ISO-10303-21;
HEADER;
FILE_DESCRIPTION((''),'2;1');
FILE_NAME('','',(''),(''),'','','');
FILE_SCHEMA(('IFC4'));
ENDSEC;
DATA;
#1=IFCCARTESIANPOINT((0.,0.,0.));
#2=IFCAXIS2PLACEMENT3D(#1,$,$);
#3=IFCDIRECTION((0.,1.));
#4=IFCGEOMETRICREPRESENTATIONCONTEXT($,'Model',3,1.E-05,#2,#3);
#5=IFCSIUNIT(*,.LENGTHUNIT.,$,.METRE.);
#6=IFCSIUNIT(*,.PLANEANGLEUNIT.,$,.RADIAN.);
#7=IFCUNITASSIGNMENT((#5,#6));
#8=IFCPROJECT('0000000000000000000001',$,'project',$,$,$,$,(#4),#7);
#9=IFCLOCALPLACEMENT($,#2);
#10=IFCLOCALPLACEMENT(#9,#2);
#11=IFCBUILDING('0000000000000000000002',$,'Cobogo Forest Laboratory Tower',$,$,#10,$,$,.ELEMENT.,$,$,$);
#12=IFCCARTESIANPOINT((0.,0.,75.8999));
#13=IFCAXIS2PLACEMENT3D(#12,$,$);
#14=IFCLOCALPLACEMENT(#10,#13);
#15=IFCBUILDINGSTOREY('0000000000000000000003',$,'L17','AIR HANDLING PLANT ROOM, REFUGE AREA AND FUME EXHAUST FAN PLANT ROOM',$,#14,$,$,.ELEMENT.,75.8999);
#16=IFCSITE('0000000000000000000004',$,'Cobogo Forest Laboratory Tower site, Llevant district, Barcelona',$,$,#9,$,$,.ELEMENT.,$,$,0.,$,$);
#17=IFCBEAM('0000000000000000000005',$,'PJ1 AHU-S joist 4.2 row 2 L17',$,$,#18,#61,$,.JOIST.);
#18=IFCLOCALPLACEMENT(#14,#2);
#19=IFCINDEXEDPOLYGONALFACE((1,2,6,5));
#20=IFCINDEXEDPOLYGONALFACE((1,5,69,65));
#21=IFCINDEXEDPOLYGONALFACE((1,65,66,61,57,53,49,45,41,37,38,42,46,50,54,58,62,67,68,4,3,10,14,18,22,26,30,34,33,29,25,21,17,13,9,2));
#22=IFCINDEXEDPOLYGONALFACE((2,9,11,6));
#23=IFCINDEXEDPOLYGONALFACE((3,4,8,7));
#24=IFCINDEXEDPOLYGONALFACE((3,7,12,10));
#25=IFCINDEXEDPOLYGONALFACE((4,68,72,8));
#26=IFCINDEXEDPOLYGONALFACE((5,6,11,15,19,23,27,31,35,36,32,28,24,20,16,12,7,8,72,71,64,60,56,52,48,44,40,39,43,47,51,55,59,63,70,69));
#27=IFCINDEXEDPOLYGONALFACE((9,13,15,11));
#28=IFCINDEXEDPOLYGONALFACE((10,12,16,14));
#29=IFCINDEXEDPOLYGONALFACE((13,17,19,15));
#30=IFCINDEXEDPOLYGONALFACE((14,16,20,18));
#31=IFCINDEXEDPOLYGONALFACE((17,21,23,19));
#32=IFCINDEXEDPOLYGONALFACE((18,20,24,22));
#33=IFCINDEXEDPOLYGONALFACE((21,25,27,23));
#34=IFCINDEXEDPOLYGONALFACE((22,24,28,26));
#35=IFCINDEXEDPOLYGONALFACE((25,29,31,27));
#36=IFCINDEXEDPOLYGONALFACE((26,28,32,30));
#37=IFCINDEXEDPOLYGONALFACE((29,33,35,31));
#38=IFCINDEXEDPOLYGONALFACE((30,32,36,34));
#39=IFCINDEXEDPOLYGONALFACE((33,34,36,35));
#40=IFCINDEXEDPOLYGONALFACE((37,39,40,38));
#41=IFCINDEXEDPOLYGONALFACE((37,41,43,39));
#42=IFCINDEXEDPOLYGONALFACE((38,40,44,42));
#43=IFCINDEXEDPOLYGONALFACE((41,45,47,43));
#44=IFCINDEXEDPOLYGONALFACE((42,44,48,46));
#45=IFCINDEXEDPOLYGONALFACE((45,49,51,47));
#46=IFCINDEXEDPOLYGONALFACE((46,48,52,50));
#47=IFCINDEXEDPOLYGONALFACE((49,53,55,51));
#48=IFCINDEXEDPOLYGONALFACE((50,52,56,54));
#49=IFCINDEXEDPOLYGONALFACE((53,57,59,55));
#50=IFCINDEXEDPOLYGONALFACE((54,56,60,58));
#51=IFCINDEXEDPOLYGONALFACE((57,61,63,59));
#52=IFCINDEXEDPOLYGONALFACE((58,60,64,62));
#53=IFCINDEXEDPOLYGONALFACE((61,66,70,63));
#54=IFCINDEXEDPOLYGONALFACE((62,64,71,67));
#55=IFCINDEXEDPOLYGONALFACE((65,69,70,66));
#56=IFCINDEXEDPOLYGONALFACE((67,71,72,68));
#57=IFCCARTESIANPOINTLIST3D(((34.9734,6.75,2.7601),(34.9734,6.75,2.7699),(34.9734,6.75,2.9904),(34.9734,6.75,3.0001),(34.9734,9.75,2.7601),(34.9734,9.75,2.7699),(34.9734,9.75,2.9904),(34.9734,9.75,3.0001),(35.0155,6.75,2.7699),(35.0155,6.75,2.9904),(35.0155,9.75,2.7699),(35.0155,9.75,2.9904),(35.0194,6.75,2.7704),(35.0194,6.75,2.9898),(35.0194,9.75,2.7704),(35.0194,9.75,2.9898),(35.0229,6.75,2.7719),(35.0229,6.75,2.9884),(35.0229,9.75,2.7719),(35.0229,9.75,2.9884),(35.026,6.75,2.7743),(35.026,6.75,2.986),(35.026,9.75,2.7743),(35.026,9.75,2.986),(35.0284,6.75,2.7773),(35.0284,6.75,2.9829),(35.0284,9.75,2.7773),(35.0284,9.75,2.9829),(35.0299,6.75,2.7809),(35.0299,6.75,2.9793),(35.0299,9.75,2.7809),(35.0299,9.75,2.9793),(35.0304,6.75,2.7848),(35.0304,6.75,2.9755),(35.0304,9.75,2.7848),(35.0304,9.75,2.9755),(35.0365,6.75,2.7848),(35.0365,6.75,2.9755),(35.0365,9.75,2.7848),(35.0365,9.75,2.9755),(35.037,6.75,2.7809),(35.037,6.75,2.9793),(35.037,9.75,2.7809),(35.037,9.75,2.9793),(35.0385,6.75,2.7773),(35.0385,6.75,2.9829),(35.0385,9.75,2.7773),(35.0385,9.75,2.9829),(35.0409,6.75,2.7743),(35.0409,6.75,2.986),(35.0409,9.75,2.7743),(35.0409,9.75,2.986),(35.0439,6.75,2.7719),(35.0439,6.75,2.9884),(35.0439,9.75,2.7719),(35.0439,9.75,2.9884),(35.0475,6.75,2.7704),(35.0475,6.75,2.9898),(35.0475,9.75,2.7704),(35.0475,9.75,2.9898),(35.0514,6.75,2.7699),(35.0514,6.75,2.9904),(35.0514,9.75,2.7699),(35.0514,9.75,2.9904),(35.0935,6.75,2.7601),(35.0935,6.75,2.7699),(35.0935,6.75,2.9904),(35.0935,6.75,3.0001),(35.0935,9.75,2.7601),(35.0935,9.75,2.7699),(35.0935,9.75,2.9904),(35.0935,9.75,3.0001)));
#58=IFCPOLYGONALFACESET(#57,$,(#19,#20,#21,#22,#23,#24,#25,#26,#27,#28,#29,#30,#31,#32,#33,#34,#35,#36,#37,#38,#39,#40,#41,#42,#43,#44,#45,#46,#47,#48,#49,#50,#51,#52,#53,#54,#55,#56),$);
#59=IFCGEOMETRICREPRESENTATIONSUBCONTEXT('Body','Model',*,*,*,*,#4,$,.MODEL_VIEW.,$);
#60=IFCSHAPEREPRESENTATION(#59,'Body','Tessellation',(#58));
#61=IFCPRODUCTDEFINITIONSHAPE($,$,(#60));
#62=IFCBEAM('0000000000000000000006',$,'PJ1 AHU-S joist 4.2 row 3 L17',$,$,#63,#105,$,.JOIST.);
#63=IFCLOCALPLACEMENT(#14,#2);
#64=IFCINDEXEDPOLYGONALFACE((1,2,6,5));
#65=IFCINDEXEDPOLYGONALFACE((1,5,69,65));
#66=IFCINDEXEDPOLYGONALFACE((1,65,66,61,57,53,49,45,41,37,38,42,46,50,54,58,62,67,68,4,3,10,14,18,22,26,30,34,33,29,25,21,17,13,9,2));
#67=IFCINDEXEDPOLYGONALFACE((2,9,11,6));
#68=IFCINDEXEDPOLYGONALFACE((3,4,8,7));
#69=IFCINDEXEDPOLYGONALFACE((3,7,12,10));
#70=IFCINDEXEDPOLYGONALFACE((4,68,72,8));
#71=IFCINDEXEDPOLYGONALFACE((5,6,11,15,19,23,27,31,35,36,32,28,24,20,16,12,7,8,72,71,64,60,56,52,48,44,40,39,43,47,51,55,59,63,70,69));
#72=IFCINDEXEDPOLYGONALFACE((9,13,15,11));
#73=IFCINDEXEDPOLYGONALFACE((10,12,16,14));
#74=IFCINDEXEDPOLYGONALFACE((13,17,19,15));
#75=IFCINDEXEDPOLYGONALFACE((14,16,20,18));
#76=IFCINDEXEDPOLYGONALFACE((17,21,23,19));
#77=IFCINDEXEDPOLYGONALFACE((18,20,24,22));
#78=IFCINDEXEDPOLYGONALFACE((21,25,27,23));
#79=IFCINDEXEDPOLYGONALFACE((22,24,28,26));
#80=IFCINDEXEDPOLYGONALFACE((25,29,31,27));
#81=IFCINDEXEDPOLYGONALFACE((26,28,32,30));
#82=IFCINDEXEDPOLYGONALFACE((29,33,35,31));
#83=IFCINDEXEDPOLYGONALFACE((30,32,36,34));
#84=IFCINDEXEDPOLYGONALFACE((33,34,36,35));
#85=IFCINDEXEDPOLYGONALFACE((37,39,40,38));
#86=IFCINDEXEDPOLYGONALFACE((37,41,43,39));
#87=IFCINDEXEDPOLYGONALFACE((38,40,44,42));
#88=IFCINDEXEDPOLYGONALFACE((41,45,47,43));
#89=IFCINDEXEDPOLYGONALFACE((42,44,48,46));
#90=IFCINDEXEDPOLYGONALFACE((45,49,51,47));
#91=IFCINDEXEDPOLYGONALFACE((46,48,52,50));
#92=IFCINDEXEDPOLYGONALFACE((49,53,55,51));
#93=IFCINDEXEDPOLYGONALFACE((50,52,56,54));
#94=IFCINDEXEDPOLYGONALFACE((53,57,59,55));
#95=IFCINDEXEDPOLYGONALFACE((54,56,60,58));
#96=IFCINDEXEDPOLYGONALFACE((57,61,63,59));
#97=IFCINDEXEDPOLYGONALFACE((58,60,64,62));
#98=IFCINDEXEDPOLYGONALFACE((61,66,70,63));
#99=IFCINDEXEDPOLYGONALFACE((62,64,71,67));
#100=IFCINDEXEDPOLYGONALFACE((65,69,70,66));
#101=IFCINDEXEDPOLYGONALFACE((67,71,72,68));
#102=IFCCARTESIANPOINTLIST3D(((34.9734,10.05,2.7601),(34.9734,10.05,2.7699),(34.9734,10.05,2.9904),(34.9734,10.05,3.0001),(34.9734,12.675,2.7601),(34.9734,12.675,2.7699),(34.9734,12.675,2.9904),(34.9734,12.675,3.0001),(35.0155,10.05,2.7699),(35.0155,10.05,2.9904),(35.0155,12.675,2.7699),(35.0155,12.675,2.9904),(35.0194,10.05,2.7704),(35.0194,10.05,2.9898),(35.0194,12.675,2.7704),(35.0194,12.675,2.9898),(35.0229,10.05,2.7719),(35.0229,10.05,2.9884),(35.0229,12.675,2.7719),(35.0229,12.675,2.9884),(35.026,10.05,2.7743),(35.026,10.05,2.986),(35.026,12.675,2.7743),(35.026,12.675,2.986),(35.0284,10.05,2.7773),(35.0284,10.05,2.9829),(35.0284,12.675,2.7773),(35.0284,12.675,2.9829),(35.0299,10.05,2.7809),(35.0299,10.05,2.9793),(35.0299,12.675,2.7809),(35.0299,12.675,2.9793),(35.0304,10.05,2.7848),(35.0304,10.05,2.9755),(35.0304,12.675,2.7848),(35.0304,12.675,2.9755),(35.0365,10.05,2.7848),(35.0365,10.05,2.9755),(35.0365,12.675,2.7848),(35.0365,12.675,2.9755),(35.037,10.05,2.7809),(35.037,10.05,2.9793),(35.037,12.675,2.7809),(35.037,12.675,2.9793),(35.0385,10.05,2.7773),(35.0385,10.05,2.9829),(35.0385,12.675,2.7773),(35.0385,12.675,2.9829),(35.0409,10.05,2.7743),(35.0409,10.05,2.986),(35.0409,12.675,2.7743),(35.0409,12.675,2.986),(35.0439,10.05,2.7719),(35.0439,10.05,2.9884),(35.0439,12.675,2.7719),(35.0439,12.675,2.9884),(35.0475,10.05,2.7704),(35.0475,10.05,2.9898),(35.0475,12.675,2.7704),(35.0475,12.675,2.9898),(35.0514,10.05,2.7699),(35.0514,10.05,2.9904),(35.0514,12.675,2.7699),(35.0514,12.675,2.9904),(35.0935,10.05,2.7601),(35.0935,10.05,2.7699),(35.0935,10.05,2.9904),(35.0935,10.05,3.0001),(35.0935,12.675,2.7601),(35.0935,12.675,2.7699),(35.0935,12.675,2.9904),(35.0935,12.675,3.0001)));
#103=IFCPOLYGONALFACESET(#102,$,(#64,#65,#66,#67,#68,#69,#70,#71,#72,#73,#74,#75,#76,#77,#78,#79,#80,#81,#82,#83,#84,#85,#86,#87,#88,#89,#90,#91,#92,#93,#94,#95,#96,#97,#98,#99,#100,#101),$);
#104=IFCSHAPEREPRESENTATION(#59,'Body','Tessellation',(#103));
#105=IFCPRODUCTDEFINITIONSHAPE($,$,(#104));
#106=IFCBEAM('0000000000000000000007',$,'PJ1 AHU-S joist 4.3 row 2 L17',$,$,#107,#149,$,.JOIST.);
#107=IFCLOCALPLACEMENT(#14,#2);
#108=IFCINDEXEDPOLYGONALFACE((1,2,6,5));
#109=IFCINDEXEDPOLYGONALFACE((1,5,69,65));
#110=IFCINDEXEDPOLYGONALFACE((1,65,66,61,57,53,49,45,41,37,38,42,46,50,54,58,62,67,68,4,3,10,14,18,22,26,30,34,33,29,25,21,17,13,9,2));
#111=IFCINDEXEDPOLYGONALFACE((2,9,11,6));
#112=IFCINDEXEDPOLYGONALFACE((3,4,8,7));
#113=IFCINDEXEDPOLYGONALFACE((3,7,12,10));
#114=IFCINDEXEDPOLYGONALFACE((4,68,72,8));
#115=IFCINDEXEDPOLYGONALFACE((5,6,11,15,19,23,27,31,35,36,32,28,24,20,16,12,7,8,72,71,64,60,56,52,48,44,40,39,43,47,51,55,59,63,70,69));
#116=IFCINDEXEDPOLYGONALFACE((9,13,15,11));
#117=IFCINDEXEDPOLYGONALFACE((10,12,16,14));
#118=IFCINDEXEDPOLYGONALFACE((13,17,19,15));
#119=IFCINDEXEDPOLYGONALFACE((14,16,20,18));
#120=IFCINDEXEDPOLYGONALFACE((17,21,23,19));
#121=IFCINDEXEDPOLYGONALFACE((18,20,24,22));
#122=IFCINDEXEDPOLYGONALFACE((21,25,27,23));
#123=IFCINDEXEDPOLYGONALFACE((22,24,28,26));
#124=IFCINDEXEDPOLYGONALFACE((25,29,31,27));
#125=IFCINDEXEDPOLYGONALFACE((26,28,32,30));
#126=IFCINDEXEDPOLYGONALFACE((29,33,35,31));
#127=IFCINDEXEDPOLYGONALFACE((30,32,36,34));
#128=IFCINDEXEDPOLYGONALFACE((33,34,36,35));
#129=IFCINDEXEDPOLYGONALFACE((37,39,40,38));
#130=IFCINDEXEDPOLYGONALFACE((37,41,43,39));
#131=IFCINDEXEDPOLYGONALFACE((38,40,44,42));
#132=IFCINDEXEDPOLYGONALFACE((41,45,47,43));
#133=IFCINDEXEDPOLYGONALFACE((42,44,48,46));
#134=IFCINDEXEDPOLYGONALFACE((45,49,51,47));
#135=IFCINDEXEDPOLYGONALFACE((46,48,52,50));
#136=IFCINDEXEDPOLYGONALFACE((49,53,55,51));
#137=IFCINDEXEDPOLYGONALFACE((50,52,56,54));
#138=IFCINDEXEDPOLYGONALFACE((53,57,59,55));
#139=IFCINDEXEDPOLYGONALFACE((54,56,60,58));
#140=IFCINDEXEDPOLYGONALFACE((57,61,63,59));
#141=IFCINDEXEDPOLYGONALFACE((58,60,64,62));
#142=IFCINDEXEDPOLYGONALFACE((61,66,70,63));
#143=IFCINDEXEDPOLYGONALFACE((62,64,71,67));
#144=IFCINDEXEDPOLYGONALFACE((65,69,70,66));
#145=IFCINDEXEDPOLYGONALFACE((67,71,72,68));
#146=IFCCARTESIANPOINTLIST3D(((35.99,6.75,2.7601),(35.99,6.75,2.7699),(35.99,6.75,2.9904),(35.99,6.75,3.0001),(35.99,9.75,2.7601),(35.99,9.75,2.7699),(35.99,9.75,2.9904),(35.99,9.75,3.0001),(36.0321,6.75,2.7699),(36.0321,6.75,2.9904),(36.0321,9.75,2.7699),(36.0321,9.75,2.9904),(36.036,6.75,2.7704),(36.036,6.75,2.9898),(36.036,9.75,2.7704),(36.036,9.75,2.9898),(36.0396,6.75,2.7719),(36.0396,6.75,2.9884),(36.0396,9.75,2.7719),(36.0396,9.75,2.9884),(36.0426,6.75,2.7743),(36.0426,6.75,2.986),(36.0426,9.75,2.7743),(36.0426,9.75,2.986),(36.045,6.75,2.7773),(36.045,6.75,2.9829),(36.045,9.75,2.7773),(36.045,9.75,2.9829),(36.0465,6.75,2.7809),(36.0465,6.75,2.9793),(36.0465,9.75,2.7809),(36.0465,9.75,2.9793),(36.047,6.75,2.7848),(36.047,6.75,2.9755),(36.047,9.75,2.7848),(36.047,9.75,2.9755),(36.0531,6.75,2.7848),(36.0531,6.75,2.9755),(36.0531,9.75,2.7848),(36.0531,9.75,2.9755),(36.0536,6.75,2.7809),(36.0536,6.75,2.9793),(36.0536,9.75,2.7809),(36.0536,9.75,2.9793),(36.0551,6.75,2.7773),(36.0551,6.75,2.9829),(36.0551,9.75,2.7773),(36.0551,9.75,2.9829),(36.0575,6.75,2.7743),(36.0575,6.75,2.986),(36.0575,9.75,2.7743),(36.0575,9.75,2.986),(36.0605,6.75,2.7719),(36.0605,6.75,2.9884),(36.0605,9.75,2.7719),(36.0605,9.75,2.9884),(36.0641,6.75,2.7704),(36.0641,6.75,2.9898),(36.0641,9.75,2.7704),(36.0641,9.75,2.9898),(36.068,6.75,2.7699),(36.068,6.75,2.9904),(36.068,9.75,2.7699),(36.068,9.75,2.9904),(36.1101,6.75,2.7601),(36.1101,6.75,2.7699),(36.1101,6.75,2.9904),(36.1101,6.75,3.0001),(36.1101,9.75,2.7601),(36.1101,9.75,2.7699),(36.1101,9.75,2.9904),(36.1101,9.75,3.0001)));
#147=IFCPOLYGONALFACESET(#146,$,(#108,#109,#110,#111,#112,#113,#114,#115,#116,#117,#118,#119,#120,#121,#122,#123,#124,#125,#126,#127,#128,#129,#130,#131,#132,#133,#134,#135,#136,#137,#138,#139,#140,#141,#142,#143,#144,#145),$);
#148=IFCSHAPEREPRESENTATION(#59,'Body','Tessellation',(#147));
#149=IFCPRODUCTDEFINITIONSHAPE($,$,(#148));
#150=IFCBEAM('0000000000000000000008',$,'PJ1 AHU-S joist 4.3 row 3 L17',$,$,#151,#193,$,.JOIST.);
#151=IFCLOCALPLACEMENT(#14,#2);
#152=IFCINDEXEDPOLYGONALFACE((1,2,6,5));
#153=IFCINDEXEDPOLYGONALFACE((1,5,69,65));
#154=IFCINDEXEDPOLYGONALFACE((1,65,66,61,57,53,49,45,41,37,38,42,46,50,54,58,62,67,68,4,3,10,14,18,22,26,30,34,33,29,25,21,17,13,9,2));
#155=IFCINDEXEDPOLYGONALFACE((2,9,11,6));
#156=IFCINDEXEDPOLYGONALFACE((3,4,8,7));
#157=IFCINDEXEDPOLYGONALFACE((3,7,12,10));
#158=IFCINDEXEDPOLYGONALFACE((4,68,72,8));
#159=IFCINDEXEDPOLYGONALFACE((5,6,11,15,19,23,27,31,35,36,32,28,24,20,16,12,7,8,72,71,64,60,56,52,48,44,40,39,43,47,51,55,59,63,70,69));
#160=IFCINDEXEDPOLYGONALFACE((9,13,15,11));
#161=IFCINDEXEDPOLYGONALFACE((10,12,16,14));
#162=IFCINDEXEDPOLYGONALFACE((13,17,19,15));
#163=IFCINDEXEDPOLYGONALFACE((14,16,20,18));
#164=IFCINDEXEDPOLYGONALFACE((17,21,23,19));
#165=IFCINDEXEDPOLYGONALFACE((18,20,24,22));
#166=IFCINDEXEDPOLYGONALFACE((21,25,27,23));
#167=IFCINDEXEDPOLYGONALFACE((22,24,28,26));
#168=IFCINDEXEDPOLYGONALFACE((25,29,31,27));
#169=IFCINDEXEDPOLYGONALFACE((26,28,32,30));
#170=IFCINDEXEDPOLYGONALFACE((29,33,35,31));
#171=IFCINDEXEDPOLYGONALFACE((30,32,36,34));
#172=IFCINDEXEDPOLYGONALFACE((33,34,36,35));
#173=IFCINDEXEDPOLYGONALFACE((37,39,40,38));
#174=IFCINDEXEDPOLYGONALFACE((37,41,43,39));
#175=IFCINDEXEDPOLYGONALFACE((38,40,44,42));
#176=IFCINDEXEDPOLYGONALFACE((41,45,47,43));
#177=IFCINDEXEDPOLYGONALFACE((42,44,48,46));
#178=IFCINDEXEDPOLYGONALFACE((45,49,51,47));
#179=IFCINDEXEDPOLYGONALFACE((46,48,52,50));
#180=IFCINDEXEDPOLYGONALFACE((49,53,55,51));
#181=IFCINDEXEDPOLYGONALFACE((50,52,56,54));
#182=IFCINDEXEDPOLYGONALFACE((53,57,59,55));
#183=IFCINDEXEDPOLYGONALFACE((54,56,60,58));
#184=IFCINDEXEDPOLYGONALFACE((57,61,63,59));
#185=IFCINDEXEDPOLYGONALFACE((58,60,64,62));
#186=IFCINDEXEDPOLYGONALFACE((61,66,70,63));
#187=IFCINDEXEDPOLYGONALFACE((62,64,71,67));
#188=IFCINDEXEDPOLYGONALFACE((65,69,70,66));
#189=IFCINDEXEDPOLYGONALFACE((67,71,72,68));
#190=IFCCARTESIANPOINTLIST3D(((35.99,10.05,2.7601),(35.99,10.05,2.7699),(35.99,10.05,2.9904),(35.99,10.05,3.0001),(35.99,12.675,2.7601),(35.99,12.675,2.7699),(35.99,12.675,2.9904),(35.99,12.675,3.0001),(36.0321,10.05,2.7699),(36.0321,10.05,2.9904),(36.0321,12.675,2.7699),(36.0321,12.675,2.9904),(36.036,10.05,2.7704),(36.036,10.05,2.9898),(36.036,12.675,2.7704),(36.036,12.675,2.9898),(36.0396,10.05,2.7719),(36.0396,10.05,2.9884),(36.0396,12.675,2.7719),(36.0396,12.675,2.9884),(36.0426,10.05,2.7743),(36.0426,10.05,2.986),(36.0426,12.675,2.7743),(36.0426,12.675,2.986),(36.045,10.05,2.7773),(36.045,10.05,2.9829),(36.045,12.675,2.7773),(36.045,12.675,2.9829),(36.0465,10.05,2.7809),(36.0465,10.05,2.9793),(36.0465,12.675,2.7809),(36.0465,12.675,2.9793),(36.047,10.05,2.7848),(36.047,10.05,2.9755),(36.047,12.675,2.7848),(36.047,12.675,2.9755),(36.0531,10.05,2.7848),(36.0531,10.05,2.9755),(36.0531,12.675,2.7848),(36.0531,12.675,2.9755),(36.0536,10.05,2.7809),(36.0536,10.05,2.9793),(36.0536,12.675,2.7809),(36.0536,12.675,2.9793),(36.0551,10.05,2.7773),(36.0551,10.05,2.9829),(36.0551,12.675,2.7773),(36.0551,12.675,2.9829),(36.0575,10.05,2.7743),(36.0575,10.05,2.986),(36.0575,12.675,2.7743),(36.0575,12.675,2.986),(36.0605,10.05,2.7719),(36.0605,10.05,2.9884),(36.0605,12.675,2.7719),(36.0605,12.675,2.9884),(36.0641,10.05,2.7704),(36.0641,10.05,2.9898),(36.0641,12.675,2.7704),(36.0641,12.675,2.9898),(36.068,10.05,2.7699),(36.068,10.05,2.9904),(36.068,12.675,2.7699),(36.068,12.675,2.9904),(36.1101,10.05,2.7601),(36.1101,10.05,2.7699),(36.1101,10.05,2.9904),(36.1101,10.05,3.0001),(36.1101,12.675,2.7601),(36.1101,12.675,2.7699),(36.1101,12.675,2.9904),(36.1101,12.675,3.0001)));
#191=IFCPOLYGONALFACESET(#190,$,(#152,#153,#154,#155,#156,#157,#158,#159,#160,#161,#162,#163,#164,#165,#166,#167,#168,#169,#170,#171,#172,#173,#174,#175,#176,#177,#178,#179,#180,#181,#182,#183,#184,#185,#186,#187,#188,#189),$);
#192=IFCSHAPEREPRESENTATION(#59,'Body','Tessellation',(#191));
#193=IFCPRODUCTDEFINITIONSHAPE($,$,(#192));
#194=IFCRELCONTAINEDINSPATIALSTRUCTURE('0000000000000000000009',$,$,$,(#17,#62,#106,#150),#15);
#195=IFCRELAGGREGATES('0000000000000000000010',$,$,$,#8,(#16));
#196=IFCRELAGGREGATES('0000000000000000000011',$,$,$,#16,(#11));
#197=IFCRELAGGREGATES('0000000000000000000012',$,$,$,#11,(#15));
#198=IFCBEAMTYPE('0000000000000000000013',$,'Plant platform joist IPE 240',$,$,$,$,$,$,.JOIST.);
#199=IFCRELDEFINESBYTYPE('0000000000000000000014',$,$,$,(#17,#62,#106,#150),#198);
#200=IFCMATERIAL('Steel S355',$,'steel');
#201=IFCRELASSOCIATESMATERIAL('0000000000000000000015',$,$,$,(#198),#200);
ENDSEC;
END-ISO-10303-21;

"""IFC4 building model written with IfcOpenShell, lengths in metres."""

from ifc_helpers import new_model, si_unit, direction, frame, origin, origin_2d, place, context, subcontext, project, spatial, i_section, extrude, material, material_profile, profile_set, type_object, element, save


model = new_model("IFC4")

# Units and contexts
model_context = context("Model", 3, precision=1e-05, world=origin(), true_north=direction((0.0, 1.0)))
body_context = subcontext(model_context, "Body", "Model", "MODEL_VIEW")
ifc_project = project(units=[si_unit("LENGTHUNIT", "METRE"), si_unit("PLANEANGLEUNIT", "RADIAN")], contexts=[model_context])

# Site, building, storey
site_placement = place(None, origin())
site = spatial("IfcSite", under=ifc_project, at=site_placement, Name="Cobogo Forest Laboratory Tower site, Llevant district, Barcelona", CompositionType="ELEMENT", RefElevation=0.0)
building_placement = place(site_placement, origin())
building = spatial("IfcBuilding", under=site, at=building_placement, Name="Cobogo Forest Laboratory Tower", CompositionType="ELEMENT")
storey_placement = place(building_placement, frame((0.0, 0.0, 75.8999)))
storey = spatial("IfcBuildingStorey", under=building, at=storey_placement, Name="L17", Description="AIR HANDLING PLANT ROOM, REFUGE AREA AND FUME EXHAUST FAN PLANT ROOM", CompositionType="ELEMENT", Elevation=75.8999)

# Beams
ifc_material = material(Name="Steel S355", Category="steel")
ifc_material_profile_1 = material_profile(ifc_material, i_section(OverallWidth=0.1201, OverallDepth=0.24, WebThickness=0.0061, FlangeThickness=0.0098, FilletRadius=0.0149, at=origin_2d()), Name="IPE 240")
ifc_profile_set_1 = profile_set([ifc_material_profile_1], Name="Steel S355")
beam_type_1 = type_object("IfcBeamType", Name="Plant platform joist IPE 240", PredefinedType="JOIST", material=ifc_profile_set_1)
beam_1_placement = place(storey_placement, frame((35.0334, 6.75, 2.8801), z_axis=(0.0, 1.0, 0.0), x_axis=(-1.0, 0.0, 0.0)))
element("IfcBeam", 1, at=beam_1_placement, inside=storey, type_object=beam_type_1, Name="PJ1 AHU-S joist 4.2 row 2 L17", PredefinedType="JOIST", context=body_context, shape_type="SweptSolid", body=[
    extrude(i_section(OverallWidth=0.1201, OverallDepth=0.24, WebThickness=0.0061, FlangeThickness=0.0098, FilletRadius=0.0149, at=origin_2d()), origin(), (0.0, 0.0, 1.0), 3.0),
])
beam_2_placement = place(storey_placement, frame((35.0334, 10.05, 2.8801), z_axis=(0.0, 1.0, 0.0), x_axis=(-1.0, 0.0, 0.0)))
element("IfcBeam", 2, at=beam_2_placement, inside=storey, type_object=beam_type_1, Name="PJ1 AHU-S joist 4.2 row 3 L17", PredefinedType="JOIST", context=body_context, shape_type="SweptSolid", body=[
    extrude(i_section(OverallWidth=0.1201, OverallDepth=0.24, WebThickness=0.0061, FlangeThickness=0.0098, FilletRadius=0.0149, at=origin_2d()), origin(), (0.0, 0.0, 1.0), 2.625),
])
beam_3_placement = place(storey_placement, frame((36.05, 6.75, 2.8801), z_axis=(0.0, 1.0, 0.0), x_axis=(-1.0, 0.0, 0.0)))
element("IfcBeam", 3, at=beam_3_placement, inside=storey, type_object=beam_type_1, Name="PJ1 AHU-S joist 4.3 row 2 L17", PredefinedType="JOIST", context=body_context, shape_type="SweptSolid", body=[
    extrude(i_section(OverallWidth=0.1201, OverallDepth=0.24, WebThickness=0.0061, FlangeThickness=0.0098, FilletRadius=0.0149, at=origin_2d()), origin(), (0.0, 0.0, 1.0), 3.0),
])
beam_4_placement = place(storey_placement, frame((36.05, 10.05, 2.8801), z_axis=(0.0, 1.0, 0.0), x_axis=(-1.0, 0.0, 0.0)))
element("IfcBeam", 4, at=beam_4_placement, inside=storey, type_object=beam_type_1, Name="PJ1 AHU-S joist 4.3 row 3 L17", PredefinedType="JOIST", context=body_context, shape_type="SweptSolid", body=[
    extrude(i_section(OverallWidth=0.1201, OverallDepth=0.24, WebThickness=0.0061, FlangeThickness=0.0098, FilletRadius=0.0149, at=origin_2d()), origin(), (0.0, 0.0, 1.0), 2.625),
])

save(model, "model.ifc")
